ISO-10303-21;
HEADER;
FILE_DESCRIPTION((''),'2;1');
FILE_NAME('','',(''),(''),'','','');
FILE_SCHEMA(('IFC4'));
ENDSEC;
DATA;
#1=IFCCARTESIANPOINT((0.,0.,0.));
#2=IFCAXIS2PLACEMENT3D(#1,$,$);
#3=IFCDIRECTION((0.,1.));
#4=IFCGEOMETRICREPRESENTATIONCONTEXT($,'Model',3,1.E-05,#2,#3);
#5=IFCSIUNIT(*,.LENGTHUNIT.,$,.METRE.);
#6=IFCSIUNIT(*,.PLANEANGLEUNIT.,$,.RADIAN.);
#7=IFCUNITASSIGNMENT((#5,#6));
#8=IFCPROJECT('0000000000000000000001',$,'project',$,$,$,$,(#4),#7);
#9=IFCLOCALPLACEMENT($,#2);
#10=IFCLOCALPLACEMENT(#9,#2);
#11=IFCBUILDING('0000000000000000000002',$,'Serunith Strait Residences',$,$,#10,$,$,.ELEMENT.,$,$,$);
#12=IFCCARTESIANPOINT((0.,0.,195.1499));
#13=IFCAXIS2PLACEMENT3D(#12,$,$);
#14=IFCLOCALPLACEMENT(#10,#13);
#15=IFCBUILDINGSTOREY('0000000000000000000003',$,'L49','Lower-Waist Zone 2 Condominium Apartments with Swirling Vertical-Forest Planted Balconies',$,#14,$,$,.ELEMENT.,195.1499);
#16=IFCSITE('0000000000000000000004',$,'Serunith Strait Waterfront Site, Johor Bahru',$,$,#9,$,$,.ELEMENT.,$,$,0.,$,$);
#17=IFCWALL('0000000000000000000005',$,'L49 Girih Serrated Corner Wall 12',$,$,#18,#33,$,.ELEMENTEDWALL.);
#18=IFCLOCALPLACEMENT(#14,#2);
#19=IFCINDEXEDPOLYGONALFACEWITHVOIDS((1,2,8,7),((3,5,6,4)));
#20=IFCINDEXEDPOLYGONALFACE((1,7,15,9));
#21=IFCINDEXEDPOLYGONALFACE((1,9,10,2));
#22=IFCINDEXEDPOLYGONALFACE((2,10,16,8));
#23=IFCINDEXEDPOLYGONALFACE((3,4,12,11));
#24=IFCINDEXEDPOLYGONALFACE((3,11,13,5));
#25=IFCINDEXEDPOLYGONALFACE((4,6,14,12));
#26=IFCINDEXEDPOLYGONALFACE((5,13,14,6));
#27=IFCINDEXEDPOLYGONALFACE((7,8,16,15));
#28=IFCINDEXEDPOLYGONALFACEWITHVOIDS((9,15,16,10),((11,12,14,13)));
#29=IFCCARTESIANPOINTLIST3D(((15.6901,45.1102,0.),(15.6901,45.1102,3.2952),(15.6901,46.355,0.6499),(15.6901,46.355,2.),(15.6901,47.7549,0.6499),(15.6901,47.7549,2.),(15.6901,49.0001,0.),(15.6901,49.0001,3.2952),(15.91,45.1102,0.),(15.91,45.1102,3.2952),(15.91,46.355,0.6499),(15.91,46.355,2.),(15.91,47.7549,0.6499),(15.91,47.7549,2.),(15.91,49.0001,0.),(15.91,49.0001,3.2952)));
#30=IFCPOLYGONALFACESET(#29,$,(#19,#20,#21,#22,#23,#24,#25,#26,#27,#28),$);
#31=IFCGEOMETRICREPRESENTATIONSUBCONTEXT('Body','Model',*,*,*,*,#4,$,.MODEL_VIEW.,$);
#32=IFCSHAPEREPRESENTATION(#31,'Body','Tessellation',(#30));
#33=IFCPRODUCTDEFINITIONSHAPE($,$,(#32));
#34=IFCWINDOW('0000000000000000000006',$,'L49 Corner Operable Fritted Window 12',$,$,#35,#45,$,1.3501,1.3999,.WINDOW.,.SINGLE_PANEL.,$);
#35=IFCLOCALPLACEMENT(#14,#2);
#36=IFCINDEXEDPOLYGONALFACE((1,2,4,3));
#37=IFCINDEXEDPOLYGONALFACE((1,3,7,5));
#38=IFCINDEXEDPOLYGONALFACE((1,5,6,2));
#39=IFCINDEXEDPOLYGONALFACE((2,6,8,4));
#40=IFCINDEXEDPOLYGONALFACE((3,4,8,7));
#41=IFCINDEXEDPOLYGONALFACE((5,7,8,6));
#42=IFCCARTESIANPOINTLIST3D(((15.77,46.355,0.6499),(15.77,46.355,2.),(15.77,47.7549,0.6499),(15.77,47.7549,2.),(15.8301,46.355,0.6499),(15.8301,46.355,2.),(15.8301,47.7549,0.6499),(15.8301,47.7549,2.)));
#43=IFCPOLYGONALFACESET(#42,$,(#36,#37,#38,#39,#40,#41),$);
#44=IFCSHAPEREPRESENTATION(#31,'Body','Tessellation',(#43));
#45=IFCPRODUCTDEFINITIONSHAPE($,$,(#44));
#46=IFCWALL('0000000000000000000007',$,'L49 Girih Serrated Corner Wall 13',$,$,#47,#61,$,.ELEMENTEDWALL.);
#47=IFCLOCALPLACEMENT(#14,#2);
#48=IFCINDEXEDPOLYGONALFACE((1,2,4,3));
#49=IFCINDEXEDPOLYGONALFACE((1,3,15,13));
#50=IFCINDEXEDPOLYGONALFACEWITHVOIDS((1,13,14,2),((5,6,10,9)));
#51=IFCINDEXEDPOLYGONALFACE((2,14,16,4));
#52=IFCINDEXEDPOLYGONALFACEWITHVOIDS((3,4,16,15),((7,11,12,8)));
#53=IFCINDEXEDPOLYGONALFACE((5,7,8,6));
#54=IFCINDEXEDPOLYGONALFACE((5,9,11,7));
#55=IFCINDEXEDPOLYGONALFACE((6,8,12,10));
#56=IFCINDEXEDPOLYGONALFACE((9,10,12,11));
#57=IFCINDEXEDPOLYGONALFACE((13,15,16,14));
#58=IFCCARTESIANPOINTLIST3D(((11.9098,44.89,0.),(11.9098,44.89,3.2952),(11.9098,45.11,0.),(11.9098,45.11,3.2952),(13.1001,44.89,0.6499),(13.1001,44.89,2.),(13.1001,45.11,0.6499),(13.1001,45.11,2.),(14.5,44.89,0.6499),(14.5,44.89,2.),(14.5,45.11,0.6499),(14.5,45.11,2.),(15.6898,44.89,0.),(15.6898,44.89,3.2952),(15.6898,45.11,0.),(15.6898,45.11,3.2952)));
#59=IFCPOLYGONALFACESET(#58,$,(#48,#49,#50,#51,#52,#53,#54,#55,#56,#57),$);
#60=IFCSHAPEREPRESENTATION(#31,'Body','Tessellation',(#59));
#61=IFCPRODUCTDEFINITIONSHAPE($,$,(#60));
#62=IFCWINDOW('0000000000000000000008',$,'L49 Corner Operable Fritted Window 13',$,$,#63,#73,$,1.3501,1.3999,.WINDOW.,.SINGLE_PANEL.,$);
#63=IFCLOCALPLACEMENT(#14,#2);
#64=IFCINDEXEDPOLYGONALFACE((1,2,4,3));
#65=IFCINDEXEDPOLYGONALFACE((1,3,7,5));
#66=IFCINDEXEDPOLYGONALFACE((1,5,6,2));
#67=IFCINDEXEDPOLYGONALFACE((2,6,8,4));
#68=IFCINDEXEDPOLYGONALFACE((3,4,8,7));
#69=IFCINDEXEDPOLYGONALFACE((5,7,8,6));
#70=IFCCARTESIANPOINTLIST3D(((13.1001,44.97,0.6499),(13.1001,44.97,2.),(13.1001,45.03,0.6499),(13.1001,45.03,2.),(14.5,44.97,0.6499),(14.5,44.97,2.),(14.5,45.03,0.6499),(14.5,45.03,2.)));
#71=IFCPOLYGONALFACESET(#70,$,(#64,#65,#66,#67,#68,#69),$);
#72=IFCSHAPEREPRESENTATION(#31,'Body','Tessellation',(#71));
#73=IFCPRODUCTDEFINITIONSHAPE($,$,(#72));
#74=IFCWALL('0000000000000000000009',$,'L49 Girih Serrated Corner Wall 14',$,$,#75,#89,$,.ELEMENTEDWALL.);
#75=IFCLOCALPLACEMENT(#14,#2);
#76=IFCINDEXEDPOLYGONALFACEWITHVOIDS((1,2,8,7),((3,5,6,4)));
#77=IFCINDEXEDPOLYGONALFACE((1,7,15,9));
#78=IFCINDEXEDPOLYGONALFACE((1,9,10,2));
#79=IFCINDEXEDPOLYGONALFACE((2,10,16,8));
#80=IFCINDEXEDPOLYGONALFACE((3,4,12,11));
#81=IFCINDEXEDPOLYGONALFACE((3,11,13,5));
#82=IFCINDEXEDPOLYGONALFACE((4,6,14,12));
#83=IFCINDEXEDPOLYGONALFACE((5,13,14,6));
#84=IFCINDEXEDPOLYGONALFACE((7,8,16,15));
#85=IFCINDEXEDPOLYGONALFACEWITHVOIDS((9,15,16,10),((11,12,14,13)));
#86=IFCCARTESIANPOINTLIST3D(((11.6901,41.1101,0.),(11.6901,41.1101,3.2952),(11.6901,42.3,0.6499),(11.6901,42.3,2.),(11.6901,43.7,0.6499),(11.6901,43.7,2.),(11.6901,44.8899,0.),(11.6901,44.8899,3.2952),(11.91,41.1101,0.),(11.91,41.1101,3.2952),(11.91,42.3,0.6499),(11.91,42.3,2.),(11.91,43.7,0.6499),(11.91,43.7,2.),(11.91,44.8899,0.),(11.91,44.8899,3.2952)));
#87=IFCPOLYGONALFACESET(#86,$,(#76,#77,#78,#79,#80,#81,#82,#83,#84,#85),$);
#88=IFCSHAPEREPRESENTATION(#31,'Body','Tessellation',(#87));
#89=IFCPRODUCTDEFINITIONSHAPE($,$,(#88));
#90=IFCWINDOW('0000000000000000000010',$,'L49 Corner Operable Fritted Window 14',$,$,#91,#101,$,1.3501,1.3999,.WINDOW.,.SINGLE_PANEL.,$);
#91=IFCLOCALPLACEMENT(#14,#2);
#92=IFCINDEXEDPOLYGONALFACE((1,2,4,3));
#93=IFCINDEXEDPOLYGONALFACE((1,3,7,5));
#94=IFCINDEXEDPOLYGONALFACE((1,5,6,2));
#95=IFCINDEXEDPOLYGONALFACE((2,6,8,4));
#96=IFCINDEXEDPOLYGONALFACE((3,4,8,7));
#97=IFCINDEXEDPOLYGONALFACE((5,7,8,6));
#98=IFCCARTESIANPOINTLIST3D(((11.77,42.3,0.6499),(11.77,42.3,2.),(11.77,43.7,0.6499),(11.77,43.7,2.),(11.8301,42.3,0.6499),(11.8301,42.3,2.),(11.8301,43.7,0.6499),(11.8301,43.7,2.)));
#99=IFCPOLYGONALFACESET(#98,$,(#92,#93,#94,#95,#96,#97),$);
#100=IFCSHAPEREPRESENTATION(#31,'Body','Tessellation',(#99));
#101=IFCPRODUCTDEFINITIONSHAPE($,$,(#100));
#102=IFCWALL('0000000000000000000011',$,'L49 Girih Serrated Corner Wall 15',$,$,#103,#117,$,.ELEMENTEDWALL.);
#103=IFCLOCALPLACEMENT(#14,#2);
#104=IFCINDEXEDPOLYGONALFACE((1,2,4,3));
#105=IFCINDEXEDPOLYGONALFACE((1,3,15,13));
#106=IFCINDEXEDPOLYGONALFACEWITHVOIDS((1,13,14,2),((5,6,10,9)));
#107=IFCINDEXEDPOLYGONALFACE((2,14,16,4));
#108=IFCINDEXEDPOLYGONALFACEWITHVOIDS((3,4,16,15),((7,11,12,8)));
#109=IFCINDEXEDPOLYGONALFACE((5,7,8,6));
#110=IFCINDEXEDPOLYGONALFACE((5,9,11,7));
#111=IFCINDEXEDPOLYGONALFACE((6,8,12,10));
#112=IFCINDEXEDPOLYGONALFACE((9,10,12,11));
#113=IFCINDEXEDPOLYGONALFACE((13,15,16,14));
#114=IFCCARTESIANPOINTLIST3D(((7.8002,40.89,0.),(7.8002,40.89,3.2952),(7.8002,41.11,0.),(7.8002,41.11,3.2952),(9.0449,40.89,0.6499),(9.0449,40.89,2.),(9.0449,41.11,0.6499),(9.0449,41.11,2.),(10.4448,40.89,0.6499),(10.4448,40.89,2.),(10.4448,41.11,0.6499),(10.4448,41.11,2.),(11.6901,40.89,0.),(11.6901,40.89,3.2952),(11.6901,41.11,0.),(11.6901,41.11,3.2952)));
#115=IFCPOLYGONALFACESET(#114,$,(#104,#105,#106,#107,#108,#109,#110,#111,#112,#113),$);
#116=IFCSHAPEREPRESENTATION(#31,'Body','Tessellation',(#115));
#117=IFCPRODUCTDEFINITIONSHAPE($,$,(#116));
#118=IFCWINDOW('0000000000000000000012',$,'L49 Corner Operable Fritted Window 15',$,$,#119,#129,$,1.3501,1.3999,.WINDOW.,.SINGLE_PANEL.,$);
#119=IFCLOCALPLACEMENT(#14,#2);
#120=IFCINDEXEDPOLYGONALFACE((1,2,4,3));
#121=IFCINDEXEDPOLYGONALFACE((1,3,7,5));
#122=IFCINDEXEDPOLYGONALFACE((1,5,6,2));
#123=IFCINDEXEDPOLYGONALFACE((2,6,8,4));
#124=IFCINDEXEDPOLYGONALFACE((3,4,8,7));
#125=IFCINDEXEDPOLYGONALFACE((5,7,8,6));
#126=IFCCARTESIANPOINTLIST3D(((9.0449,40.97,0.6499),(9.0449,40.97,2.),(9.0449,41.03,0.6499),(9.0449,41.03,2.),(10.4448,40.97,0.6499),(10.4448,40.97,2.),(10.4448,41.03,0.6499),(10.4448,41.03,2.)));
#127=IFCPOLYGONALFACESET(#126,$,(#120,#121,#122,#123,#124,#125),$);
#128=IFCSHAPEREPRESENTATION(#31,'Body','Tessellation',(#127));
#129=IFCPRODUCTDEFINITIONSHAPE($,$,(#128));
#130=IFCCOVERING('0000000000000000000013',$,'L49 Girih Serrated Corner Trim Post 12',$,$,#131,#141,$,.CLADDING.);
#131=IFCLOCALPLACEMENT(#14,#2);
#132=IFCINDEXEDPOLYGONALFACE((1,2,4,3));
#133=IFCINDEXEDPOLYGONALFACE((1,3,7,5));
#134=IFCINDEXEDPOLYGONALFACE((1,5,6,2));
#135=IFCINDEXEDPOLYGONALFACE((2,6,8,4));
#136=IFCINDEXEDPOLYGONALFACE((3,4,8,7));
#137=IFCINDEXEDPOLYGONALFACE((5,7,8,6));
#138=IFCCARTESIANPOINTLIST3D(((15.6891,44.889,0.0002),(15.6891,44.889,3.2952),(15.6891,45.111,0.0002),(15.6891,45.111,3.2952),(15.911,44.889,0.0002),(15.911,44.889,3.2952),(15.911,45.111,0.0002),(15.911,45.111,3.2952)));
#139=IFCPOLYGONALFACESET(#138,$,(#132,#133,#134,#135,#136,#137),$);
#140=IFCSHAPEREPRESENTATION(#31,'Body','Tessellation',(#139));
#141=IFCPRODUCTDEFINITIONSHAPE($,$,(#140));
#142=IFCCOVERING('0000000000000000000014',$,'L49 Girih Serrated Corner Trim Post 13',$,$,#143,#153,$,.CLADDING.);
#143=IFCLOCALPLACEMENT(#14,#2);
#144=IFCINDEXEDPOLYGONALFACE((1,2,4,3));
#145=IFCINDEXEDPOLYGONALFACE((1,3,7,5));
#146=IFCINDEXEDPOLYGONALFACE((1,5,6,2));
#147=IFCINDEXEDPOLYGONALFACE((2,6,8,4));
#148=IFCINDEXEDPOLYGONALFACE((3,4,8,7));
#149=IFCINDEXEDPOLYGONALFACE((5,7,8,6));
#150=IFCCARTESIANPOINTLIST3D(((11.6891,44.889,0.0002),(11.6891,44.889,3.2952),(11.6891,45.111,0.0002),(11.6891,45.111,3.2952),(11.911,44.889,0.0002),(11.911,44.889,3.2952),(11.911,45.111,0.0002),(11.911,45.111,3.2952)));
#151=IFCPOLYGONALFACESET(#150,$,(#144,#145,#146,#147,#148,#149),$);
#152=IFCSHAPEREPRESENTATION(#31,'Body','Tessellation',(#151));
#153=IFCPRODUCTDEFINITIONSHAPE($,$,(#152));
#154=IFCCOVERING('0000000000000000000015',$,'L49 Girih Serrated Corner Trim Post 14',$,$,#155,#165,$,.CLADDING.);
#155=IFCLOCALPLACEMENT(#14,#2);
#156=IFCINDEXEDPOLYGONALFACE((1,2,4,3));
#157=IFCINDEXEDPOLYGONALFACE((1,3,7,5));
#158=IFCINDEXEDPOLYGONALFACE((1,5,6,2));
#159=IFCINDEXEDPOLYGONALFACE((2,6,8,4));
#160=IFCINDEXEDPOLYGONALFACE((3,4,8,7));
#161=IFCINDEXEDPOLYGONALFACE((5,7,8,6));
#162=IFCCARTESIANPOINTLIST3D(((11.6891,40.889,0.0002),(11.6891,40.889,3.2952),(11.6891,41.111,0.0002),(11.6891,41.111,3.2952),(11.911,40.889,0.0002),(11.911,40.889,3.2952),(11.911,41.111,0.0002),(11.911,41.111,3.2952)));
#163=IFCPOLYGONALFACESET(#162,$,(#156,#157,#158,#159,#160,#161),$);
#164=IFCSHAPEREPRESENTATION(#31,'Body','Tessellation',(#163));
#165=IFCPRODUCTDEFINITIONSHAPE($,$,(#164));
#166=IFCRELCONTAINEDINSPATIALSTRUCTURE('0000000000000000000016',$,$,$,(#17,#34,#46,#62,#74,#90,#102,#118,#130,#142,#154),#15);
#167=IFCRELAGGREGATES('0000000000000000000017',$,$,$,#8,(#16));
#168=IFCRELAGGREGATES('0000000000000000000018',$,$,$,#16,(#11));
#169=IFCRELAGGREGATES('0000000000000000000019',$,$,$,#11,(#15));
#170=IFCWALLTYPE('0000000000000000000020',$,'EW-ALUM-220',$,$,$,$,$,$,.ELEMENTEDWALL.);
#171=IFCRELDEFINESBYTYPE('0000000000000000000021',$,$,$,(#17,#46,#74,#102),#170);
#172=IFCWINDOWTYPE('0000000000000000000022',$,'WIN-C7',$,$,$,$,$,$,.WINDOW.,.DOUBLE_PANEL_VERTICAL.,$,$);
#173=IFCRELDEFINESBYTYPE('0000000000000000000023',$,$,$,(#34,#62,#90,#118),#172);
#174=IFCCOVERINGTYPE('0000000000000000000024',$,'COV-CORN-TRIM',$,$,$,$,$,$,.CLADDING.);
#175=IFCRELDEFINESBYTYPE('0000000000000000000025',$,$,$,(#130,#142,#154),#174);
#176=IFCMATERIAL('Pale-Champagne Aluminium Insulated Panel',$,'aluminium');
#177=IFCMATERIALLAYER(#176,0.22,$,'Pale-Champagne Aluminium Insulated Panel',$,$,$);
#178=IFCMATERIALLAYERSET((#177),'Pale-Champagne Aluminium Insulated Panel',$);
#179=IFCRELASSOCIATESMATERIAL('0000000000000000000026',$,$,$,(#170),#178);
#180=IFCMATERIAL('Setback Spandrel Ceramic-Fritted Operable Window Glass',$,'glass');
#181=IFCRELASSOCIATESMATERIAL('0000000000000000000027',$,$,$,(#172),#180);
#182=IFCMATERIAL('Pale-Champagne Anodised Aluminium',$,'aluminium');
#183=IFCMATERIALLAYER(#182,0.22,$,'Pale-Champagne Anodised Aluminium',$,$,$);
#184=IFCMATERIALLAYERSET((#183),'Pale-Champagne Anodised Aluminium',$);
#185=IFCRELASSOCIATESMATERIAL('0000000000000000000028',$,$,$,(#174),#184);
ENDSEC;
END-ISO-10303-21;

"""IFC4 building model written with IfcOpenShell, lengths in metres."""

from ifc_helpers import new_model, si_unit, direction, frame, frame_2d, origin, origin_2d, place, context, subcontext, project, spatial, rectangle, extrude, source, transform, mapped, material, layer, layer_set, type_object, element, fill, save


model = new_model("IFC4")

# Units and contexts
model_context = context("Model", 3, precision=1e-05, world=origin(), true_north=direction((0.0, 1.0)))
body_context = subcontext(model_context, "Body", "Model", "MODEL_VIEW")
ifc_project = project(units=[si_unit("LENGTHUNIT", "METRE"), si_unit("PLANEANGLEUNIT", "RADIAN")], contexts=[model_context])

# Site, building, storey
site_placement = place(None, origin())
site = spatial("IfcSite", under=ifc_project, at=site_placement, Name="Serunith Strait Waterfront Site, Johor Bahru", CompositionType="ELEMENT", RefElevation=0.0)
building_placement = place(site_placement, origin())
building = spatial("IfcBuilding", under=site, at=building_placement, Name="Serunith Strait Residences", CompositionType="ELEMENT")
storey_placement = place(building_placement, frame((0.0, 0.0, 195.1499)))
storey = spatial("IfcBuildingStorey", under=building, at=storey_placement, Name="L49", Description="Lower-Waist Zone 2 Condominium Apartments with Swirling Vertical-Forest Planted Balconies", CompositionType="ELEMENT", Elevation=195.1499)

# Walls, openings, windows
ifc_material_1 = material(Name="Pale-Champagne Aluminium Insulated Panel", Category="aluminium")
ifc_layer_1 = layer(ifc_material_1, 0.22, Name="Pale-Champagne Aluminium Insulated Panel")
ifc_layer_set_1 = layer_set([ifc_layer_1], Name="Pale-Champagne Aluminium Insulated Panel")
wall_type = type_object("IfcWallType", Name="EW-ALUM-220", PredefinedType="ELEMENTEDWALL", material=ifc_layer_set_1)
wall_1_placement = place(storey_placement, frame((15.8, 49.0, 0.0), z_axis=(0.0, 0.0, 1.0), x_axis=(0.0, -1.0, 0.0)))
wall_1 = element("IfcWall", 1, at=wall_1_placement, inside=storey, type_object=wall_type, Name="L49 Girih Serrated Corner Wall 12", PredefinedType="ELEMENTEDWALL", context=body_context, shape_type="SweptSolid", body=[
    extrude(rectangle(XDim=3.8899, YDim=0.22, at=frame_2d((1.9448, 0.0))), origin(), (0.0, 0.0, 1.0), 3.2952),
])
opening_1_placement = place(wall_1_placement, frame((1.2451, 0.0, 0.6499)))
opening_1 = element("IfcOpeningElement", 2, at=opening_1_placement, cuts=wall_1, PredefinedType="OPENING", context=body_context, shape_type="SweptSolid", body=[
    extrude(rectangle(XDim=1.3999, YDim=1.3501, at=frame_2d((0.7, 0.675))), frame((0.0, 0.1201, 0.0), z_axis=(0.0, -1.0, 0.0), x_axis=(1.0, 0.0, 0.0)), (0.0, 0.0, 1.0), 0.24),
])
ifc_material_2 = material(Name="Setback Spandrel Ceramic-Fritted Operable Window Glass", Category="glass")
window_type = type_object("IfcWindowType", Name="WIN-C7", PartitioningType="DOUBLE_PANEL_VERTICAL", PredefinedType="WINDOW", material=ifc_material_2)
shared_shape_1 = source(origin(), body_context, "Body", "SweptSolid", [
    extrude(rectangle(XDim=1.3999, YDim=1.3501, at=frame_2d((0.7, 0.675))), frame((0.0, 0.03, 0.0), z_axis=(0.0, -1.0, 0.0), x_axis=(1.0, 0.0, 0.0)), (0.0, 0.0, 1.0), 0.0601),
])
window_1_placement = place(opening_1_placement, origin())
window_1 = element("IfcWindow", 3, at=window_1_placement, inside=storey, type_object=window_type, Name="L49 Corner Operable Fritted Window 12", OverallHeight=1.3501, OverallWidth=1.3999, PartitioningType="SINGLE_PANEL", PredefinedType="WINDOW", context=body_context, shape_type="MappedRepresentation", body=[
    mapped(shared_shape_1, transform((0.0, 0.0, 0.0), scale=1.0)),
])
fill(opening_1, window_1)
wall_2_placement = place(storey_placement, frame((15.6899, 45.0, 0.0), z_axis=(0.0, 0.0, 1.0), x_axis=(-1.0, 0.0, 0.0)))
wall_2 = element("IfcWall", 4, at=wall_2_placement, inside=storey, type_object=wall_type, Name="L49 Girih Serrated Corner Wall 13", PredefinedType="ELEMENTEDWALL", context=body_context, shape_type="SweptSolid", body=[
    extrude(rectangle(XDim=3.78, YDim=0.22, at=frame_2d((1.8901, 0.0))), origin(), (0.0, 0.0, 1.0), 3.2952),
])
opening_2_placement = place(wall_2_placement, frame((1.1899, 0.0, 0.6499)))
opening_2 = element("IfcOpeningElement", 5, at=opening_2_placement, cuts=wall_2, PredefinedType="OPENING", context=body_context, shape_type="SweptSolid", body=[
    extrude(rectangle(XDim=1.3999, YDim=1.3501, at=frame_2d((0.7, 0.675))), frame((0.0, 0.1201, 0.0), z_axis=(0.0, -1.0, 0.0), x_axis=(1.0, 0.0, 0.0)), (0.0, 0.0, 1.0), 0.24),
])
window_2_placement = place(opening_2_placement, origin())
window_2 = element("IfcWindow", 6, at=window_2_placement, inside=storey, type_object=window_type, Name="L49 Corner Operable Fritted Window 13", OverallHeight=1.3501, OverallWidth=1.3999, PartitioningType="SINGLE_PANEL", PredefinedType="WINDOW", context=body_context, shape_type="MappedRepresentation", body=[
    mapped(shared_shape_1, transform((0.0, 0.0, 0.0), scale=1.0)),
])
fill(opening_2, window_2)
wall_3_placement = place(storey_placement, frame((11.8, 44.8899, 0.0), z_axis=(0.0, 0.0, 1.0), x_axis=(0.0, -1.0, 0.0)))
wall_3 = element("IfcWall", 7, at=wall_3_placement, inside=storey, type_object=wall_type, Name="L49 Girih Serrated Corner Wall 14", PredefinedType="ELEMENTEDWALL", context=body_context, shape_type="SweptSolid", body=[
    extrude(rectangle(XDim=3.7798, YDim=0.22, at=frame_2d((1.8899, 0.0))), origin(), (0.0, 0.0, 1.0), 3.2952),
])
opening_3_placement = place(wall_3_placement, frame((1.1899, 0.0, 0.6499)))
opening_3 = element("IfcOpeningElement", 8, at=opening_3_placement, cuts=wall_3, PredefinedType="OPENING", context=body_context, shape_type="SweptSolid", body=[
    extrude(rectangle(XDim=1.3999, YDim=1.3501, at=frame_2d((0.7, 0.675))), frame((0.0, 0.1201, 0.0), z_axis=(0.0, -1.0, 0.0), x_axis=(1.0, 0.0, 0.0)), (0.0, 0.0, 1.0), 0.24),
])
window_3_placement = place(opening_3_placement, origin())
window_3 = element("IfcWindow", 9, at=window_3_placement, inside=storey, type_object=window_type, Name="L49 Corner Operable Fritted Window 14", OverallHeight=1.3501, OverallWidth=1.3999, PartitioningType="SINGLE_PANEL", PredefinedType="WINDOW", context=body_context, shape_type="MappedRepresentation", body=[
    mapped(shared_shape_1, transform((0.0, 0.0, 0.0), scale=1.0)),
])
fill(opening_3, window_3)
wall_4_placement = place(storey_placement, frame((11.6899, 41.0, 0.0), z_axis=(0.0, 0.0, 1.0), x_axis=(-1.0, 0.0, 0.0)))
wall_4 = element("IfcWall", 10, at=wall_4_placement, inside=storey, type_object=wall_type, Name="L49 Girih Serrated Corner Wall 15", PredefinedType="ELEMENTEDWALL", context=body_context, shape_type="SweptSolid", body=[
    extrude(rectangle(XDim=3.8899, YDim=0.22, at=frame_2d((1.9448, 0.0))), origin(), (0.0, 0.0, 1.0), 3.2952),
])
opening_4_placement = place(wall_4_placement, frame((1.2451, 0.0, 0.6499)))
opening_4 = element("IfcOpeningElement", 11, at=opening_4_placement, cuts=wall_4, PredefinedType="OPENING", context=body_context, shape_type="SweptSolid", body=[
    extrude(rectangle(XDim=1.3999, YDim=1.3501, at=frame_2d((0.7, 0.675))), frame((0.0, 0.1201, 0.0), z_axis=(0.0, -1.0, 0.0), x_axis=(1.0, 0.0, 0.0)), (0.0, 0.0, 1.0), 0.24),
])
window_4_placement = place(opening_4_placement, origin())
window_4 = element("IfcWindow", 12, at=window_4_placement, inside=storey, type_object=window_type, Name="L49 Corner Operable Fritted Window 15", OverallHeight=1.3501, OverallWidth=1.3999, PartitioningType="SINGLE_PANEL", PredefinedType="WINDOW", context=body_context, shape_type="MappedRepresentation", body=[
    mapped(shared_shape_1, transform((0.0, 0.0, 0.0), scale=1.0)),
])
fill(opening_4, window_4)

# Coverings
ifc_material_3 = material(Name="Pale-Champagne Anodised Aluminium", Category="aluminium")
ifc_layer_2 = layer(ifc_material_3, 0.22, Name="Pale-Champagne Anodised Aluminium")
ifc_layer_set_2 = layer_set([ifc_layer_2], Name="Pale-Champagne Anodised Aluminium")
covering_type = type_object("IfcCoveringType", Name="COV-CORN-TRIM", PredefinedType="CLADDING", material=ifc_layer_set_2)
shared_shape_2 = source(origin(), body_context, "Body", "SweptSolid", [
    extrude(rectangle(XDim=0.2219, YDim=0.2219, at=origin_2d()), origin(), (0.0, 0.0, 1.0), 3.2949),
])
for number, where, z_axis, x_axis, name in (
    (13, (15.8, 45.0, 0.0002), (0.0, 0.0, 1.0), (1.0, 0.0, 0.0), "L49 Girih Serrated Corner Trim Post 12"),
    (14, (11.8, 45.0, 0.0002), (0.0, 0.0, 1.0), (1.0, 0.0, 0.0), "L49 Girih Serrated Corner Trim Post 13"),
    (15, (11.8, 41.0, 0.0002), (0.0, 0.0, 1.0), (1.0, 0.0, 0.0), "L49 Girih Serrated Corner Trim Post 14"),
):
    element("IfcCovering", number, at=place(storey_placement, frame(where, z_axis=z_axis, x_axis=x_axis)), inside=storey, type_object=covering_type, Name=name, PredefinedType="CLADDING", context=body_context, shape_type="MappedRepresentation", body=[
        mapped(shared_shape_2, transform((0.0, 0.0, 0.0), scale=1.0)),
    ])

save(model, "model.ifc")
